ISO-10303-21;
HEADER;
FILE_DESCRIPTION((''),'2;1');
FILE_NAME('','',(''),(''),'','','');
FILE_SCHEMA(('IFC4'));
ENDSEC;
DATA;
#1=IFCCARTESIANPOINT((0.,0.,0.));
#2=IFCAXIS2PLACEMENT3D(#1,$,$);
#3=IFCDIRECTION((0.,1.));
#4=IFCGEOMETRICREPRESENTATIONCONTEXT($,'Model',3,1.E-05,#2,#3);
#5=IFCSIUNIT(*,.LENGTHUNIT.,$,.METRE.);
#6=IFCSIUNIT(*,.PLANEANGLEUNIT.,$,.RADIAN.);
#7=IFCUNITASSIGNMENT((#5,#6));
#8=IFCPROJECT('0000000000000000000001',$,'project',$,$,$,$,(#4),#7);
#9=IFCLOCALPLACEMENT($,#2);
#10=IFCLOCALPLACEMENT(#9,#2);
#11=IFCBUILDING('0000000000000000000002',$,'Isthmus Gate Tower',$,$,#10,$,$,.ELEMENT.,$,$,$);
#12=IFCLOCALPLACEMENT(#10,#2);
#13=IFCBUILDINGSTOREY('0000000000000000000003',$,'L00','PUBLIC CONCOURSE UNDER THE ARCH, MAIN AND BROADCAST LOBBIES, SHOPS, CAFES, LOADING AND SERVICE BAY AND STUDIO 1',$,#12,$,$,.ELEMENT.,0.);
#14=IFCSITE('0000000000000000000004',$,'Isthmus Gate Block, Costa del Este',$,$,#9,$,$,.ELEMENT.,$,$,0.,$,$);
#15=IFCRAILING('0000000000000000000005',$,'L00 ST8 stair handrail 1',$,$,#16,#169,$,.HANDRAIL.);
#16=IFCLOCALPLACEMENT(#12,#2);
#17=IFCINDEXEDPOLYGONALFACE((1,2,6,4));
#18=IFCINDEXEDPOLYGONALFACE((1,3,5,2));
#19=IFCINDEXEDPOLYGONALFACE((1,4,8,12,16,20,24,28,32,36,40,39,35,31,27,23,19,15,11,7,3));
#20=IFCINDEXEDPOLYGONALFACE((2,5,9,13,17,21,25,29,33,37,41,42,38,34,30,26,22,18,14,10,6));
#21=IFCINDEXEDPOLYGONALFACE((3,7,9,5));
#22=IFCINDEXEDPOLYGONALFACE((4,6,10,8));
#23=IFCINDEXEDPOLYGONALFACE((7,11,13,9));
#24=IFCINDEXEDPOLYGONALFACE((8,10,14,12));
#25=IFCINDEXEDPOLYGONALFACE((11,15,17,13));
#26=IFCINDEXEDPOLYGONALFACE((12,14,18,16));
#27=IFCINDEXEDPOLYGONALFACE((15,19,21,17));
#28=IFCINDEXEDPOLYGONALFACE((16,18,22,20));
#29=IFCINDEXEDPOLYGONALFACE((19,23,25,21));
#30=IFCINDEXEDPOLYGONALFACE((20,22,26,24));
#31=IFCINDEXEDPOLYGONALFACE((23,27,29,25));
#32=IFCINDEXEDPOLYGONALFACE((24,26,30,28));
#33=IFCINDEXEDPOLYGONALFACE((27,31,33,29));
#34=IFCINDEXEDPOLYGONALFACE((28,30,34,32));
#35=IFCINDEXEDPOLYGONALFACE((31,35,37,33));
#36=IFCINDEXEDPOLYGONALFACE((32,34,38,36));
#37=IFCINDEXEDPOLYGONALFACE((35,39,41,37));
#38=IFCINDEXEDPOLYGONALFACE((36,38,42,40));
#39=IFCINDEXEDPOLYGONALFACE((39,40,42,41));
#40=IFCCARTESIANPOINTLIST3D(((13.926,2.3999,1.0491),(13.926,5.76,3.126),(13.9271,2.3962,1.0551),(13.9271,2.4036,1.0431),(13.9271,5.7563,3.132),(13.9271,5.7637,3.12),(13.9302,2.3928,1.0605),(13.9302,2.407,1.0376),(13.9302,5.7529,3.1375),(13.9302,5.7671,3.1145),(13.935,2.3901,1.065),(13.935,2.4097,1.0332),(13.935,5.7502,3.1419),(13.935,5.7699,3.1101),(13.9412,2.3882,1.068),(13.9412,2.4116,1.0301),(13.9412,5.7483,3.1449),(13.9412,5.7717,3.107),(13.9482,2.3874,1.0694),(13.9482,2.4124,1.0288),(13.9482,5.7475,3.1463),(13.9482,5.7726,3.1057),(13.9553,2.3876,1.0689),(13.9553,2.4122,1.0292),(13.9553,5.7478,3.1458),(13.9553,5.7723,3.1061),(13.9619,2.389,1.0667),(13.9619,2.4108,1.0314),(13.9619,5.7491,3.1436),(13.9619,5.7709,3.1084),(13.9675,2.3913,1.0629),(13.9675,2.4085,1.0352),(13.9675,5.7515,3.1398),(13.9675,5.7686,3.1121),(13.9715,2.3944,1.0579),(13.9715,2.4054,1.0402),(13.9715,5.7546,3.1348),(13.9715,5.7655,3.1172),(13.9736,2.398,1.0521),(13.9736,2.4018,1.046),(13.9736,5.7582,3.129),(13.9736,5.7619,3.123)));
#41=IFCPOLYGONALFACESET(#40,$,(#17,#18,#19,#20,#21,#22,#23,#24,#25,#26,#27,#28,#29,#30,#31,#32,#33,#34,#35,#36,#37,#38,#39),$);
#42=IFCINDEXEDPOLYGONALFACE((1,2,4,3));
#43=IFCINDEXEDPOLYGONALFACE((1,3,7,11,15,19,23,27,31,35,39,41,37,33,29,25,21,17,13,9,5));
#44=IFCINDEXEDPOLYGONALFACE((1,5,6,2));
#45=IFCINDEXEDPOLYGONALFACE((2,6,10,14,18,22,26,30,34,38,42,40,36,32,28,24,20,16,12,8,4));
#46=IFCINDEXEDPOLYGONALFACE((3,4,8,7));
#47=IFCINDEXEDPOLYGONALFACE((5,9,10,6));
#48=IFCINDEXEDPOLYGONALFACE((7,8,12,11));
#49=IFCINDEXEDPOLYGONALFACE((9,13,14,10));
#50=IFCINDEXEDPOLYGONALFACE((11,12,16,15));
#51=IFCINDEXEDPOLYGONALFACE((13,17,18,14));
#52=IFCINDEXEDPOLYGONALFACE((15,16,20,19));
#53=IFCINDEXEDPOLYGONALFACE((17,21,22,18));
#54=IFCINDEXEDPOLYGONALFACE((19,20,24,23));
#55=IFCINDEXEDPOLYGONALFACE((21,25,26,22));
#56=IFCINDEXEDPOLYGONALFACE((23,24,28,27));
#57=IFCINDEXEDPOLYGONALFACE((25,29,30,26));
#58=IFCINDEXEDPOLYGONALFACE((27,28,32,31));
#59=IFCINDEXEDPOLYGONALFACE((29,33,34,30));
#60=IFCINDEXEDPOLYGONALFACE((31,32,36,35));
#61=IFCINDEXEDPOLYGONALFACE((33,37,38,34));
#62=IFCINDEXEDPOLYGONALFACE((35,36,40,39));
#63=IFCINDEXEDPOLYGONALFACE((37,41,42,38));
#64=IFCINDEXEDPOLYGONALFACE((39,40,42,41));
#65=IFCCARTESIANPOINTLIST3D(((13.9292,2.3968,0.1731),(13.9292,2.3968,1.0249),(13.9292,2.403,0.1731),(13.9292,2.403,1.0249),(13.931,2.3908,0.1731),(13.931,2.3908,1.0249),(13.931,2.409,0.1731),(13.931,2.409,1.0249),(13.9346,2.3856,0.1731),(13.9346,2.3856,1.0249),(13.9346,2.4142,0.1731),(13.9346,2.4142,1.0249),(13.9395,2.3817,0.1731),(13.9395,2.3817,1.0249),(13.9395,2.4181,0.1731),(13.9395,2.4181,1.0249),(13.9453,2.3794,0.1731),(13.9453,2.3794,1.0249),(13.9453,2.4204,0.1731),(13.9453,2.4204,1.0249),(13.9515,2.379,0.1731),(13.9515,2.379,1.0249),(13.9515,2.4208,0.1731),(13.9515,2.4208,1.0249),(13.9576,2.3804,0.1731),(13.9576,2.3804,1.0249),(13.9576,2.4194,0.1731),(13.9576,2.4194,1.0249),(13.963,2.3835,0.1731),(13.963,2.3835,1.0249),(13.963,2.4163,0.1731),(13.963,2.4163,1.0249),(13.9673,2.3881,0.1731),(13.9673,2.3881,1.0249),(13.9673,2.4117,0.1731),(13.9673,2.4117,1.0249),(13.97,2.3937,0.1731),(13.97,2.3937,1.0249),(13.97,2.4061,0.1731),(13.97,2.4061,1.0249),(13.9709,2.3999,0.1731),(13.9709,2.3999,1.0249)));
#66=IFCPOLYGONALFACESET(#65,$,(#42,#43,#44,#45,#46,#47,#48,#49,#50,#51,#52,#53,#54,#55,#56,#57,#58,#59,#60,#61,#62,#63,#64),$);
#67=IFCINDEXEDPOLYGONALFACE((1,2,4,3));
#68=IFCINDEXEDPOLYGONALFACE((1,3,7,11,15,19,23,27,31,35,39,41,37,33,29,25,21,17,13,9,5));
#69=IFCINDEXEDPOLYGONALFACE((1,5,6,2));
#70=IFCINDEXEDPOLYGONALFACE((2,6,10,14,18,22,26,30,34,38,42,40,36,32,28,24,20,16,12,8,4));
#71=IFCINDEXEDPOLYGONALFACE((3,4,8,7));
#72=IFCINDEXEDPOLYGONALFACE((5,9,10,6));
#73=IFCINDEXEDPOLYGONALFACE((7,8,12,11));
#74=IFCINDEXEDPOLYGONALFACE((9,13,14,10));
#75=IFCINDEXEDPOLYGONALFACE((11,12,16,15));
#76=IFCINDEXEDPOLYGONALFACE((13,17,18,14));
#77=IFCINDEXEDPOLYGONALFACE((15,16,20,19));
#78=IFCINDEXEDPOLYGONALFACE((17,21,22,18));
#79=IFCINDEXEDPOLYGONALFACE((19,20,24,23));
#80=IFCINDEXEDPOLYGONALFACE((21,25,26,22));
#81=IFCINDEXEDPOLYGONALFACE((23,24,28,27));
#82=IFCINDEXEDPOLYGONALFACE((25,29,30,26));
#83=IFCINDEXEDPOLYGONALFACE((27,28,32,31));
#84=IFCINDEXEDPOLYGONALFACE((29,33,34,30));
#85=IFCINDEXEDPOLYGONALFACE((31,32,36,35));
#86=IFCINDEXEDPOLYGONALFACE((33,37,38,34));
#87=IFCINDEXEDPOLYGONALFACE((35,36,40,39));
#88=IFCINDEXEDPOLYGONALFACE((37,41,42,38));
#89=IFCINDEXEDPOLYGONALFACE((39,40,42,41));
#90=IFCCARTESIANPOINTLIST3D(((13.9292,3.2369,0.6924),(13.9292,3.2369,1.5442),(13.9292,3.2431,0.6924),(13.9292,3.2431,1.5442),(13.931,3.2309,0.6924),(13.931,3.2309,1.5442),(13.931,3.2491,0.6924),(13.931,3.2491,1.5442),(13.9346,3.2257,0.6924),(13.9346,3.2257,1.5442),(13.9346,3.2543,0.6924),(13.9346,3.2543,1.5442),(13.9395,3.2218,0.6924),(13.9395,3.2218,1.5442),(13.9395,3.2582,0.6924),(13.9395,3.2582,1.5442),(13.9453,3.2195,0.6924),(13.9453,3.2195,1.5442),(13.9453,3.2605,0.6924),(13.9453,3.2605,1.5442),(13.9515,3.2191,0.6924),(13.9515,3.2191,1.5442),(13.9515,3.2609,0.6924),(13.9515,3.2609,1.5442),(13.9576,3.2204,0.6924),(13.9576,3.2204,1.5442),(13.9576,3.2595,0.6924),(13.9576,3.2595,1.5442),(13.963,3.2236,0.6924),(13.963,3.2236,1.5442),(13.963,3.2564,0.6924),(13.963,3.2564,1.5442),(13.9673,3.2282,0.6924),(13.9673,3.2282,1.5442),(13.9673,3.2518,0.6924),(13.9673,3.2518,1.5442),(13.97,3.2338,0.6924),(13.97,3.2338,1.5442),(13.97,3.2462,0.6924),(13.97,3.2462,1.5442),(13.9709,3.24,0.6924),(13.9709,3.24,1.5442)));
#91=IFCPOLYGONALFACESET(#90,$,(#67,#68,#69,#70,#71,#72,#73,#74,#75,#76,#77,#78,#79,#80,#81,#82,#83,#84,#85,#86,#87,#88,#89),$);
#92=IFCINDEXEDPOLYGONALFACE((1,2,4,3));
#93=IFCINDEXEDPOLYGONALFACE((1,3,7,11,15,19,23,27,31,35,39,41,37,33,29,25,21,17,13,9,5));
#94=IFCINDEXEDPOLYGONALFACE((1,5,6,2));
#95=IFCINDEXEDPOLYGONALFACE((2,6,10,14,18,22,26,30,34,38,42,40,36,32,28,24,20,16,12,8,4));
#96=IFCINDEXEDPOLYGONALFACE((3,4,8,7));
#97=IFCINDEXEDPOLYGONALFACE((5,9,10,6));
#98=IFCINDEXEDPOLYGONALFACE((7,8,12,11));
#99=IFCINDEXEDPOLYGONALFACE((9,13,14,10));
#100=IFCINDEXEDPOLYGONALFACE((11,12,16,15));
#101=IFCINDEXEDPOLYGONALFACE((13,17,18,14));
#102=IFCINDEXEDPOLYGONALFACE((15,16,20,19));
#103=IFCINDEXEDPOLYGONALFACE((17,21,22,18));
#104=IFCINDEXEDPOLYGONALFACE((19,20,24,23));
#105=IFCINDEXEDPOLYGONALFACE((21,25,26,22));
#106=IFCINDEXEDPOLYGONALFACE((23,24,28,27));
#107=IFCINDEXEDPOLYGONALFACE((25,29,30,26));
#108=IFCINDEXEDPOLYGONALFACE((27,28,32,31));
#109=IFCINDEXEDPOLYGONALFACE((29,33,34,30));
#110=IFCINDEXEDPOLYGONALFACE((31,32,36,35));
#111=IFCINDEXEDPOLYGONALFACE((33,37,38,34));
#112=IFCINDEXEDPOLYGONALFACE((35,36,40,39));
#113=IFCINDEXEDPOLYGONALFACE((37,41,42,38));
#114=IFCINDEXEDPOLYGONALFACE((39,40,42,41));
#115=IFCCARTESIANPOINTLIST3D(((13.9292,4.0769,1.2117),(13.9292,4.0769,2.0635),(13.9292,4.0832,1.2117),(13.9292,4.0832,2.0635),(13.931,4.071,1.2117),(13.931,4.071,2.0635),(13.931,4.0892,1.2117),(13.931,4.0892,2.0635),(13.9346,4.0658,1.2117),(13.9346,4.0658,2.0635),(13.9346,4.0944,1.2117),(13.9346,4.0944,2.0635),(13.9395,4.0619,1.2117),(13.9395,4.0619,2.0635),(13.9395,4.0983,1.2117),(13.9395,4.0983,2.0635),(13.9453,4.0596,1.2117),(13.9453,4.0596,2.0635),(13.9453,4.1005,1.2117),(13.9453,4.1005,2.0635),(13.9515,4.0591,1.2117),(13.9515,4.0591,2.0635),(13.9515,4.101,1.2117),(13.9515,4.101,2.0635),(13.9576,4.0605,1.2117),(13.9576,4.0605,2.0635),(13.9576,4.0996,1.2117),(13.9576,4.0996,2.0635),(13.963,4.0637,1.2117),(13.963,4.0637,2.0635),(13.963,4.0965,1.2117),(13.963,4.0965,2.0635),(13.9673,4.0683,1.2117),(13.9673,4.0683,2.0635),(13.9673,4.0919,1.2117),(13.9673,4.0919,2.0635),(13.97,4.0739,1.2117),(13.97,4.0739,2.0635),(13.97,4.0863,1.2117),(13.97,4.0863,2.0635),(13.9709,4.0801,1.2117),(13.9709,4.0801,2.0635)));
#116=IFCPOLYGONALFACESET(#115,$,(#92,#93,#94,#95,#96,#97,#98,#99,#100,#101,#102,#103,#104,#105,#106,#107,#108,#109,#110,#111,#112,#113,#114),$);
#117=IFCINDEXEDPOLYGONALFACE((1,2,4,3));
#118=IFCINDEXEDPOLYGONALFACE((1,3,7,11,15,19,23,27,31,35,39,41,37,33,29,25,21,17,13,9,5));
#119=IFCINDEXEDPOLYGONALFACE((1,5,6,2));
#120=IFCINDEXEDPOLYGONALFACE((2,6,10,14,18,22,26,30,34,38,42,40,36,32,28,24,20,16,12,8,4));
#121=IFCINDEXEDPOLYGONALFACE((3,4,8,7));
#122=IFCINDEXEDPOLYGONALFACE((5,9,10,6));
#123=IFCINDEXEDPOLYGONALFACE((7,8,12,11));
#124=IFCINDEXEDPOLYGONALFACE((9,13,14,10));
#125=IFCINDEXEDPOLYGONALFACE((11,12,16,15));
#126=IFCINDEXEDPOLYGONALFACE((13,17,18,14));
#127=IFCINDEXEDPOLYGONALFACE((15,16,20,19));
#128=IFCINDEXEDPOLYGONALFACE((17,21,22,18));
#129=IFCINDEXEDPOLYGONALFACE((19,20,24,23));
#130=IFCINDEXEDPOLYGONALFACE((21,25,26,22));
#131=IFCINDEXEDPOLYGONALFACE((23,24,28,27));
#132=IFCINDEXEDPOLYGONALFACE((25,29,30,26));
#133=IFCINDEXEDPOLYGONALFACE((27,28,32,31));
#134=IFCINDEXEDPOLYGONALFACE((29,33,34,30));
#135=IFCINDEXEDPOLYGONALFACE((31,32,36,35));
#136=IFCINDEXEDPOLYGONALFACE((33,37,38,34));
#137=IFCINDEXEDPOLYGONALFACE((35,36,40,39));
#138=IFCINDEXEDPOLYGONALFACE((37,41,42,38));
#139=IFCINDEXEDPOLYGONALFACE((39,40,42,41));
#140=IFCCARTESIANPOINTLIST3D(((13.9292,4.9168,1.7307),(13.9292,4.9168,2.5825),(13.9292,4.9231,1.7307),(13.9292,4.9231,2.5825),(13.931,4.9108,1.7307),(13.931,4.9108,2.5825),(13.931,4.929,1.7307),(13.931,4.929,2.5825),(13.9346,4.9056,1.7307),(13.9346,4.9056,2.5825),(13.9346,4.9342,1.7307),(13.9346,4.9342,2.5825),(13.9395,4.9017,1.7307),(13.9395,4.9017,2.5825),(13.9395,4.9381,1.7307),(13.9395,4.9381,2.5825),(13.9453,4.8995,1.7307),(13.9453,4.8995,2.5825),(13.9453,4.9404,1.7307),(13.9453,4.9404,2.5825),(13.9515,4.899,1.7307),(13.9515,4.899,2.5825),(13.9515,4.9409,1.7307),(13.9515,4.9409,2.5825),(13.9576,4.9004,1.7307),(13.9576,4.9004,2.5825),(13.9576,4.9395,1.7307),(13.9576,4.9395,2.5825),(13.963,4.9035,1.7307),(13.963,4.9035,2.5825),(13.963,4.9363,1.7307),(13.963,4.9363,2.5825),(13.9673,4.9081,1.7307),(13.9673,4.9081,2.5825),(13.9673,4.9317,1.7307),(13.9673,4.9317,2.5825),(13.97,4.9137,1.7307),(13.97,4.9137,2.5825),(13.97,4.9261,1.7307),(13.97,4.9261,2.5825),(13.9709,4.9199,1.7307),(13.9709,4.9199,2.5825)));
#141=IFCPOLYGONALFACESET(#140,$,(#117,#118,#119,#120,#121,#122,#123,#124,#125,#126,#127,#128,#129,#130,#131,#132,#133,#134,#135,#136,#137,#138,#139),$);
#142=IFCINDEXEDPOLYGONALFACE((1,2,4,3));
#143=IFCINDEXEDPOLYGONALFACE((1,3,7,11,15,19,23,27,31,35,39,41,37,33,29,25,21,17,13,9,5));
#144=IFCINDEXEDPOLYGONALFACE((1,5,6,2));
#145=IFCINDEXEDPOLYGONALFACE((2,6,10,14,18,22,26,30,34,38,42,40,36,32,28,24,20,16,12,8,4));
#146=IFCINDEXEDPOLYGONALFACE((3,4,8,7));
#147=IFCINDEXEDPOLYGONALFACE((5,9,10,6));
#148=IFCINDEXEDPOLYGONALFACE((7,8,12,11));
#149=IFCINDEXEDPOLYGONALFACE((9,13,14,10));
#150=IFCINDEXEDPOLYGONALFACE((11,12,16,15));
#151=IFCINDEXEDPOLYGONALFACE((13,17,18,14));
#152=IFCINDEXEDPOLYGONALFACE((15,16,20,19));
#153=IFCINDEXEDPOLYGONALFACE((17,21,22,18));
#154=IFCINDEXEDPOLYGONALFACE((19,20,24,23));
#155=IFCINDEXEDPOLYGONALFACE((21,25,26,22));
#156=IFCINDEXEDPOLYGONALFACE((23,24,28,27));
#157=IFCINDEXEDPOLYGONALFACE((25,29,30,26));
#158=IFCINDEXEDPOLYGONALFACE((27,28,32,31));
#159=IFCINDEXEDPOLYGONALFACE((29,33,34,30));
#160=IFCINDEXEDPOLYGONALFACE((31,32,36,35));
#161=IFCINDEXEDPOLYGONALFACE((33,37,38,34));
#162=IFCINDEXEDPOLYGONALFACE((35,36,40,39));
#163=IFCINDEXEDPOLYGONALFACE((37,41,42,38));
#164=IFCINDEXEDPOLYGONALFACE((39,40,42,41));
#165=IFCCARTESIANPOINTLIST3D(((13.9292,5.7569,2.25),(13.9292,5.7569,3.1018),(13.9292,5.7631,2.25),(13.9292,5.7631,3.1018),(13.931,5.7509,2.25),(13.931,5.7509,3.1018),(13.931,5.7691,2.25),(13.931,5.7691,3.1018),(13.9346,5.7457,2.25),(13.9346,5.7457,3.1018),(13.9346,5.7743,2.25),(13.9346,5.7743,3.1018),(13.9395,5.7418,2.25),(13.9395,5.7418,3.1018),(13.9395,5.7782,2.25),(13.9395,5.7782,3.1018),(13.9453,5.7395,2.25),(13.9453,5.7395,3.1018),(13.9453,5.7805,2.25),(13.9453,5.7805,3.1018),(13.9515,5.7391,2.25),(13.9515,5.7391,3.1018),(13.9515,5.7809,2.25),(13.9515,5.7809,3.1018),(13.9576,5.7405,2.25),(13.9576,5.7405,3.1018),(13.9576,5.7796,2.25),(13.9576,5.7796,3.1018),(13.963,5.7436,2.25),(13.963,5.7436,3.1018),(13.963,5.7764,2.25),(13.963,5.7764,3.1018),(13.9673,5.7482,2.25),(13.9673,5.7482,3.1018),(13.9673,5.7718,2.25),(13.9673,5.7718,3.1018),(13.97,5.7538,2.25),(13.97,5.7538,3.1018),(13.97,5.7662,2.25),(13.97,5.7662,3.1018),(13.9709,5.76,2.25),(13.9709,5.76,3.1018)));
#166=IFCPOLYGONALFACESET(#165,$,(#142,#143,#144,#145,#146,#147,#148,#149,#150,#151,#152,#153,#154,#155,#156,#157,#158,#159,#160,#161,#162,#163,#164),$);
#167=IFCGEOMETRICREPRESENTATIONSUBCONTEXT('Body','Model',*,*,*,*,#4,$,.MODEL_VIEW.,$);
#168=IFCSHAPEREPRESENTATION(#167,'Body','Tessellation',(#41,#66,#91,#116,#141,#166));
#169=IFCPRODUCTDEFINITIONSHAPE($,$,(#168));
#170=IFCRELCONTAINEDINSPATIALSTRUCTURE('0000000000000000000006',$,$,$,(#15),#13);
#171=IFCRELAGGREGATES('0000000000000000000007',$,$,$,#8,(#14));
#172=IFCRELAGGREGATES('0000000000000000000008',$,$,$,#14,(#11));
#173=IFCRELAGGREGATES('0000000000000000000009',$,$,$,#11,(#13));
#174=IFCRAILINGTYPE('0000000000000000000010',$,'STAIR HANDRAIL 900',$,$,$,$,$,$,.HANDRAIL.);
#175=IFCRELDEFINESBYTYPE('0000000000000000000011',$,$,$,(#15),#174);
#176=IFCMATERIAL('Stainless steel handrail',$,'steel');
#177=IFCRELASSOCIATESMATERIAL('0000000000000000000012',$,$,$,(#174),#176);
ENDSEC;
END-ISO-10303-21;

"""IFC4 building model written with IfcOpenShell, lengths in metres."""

from ifc_helpers import new_model, si_unit, direction, frame, origin, origin_2d, place, context, subcontext, project, spatial, circle, extrude, material, type_object, element, save


model = new_model("IFC4")

# Units and contexts
model_context = context("Model", 3, precision=1e-05, world=origin(), true_north=direction((0.0, 1.0)))
body_context = subcontext(model_context, "Body", "Model", "MODEL_VIEW")
ifc_project = project(units=[si_unit("LENGTHUNIT", "METRE"), si_unit("PLANEANGLEUNIT", "RADIAN")], contexts=[model_context])

# Site, building, storey
site_placement = place(None, origin())
site = spatial("IfcSite", under=ifc_project, at=site_placement, Name="Isthmus Gate Block, Costa del Este", CompositionType="ELEMENT", RefElevation=0.0)
building_placement = place(site_placement, origin())
building = spatial("IfcBuilding", under=site, at=building_placement, Name="Isthmus Gate Tower", CompositionType="ELEMENT")
storey_placement = place(building_placement, origin())
storey = spatial("IfcBuildingStorey", under=building, at=storey_placement, Name="L00", Description="PUBLIC CONCOURSE UNDER THE ARCH, MAIN AND BROADCAST LOBBIES, SHOPS, CAFES, LOADING AND SERVICE BAY AND STUDIO 1", CompositionType="ELEMENT", Elevation=0.0)

# Railing
ifc_material_1 = material(Name="Stainless steel handrail", Category="steel")
railing_type_1 = type_object("IfcRailingType", Name="STAIR HANDRAIL 900", PredefinedType="HANDRAIL", material=ifc_material_1)
for number, where, name in (
    (1, (13.95, 2.3999, 0.1731), "L00 ST8 stair handrail 1"),
):
    element("IfcRailing", number, at=place(storey_placement, frame(where)), inside=storey, type_object=railing_type_1, Name=name, PredefinedType="HANDRAIL", context=body_context, shape_type="SweptSolid", body=[
        extrude(circle(Radius=0.0239, at=origin_2d()), frame((0.0, 0.0, 0.876), z_axis=(0.0, 0.850623, 0.525776), x_axis=(-1.0, 0.0, 0.0)), (0.0, 0.0, 1.0), 3.9502),
        extrude(circle(Radius=0.021, at=origin_2d()), origin(), (0.0, 0.0, 1.0), 0.8518),
        extrude(circle(Radius=0.021, at=origin_2d()), frame((0.0, 0.8401, 0.5193)), (0.0, 0.0, 1.0), 0.8518),
        extrude(circle(Radius=0.021, at=origin_2d()), frame((0.0, 1.6802, 1.0386)), (0.0, 0.0, 1.0), 0.8518),
        extrude(circle(Radius=0.021, at=origin_2d()), frame((0.0, 2.52, 1.5576)), (0.0, 0.0, 1.0), 0.8518),
        extrude(circle(Radius=0.021, at=origin_2d()), frame((0.0, 3.3601, 2.0769)), (0.0, 0.0, 1.0), 0.8518),
    ])

save(model, "model.ifc")
